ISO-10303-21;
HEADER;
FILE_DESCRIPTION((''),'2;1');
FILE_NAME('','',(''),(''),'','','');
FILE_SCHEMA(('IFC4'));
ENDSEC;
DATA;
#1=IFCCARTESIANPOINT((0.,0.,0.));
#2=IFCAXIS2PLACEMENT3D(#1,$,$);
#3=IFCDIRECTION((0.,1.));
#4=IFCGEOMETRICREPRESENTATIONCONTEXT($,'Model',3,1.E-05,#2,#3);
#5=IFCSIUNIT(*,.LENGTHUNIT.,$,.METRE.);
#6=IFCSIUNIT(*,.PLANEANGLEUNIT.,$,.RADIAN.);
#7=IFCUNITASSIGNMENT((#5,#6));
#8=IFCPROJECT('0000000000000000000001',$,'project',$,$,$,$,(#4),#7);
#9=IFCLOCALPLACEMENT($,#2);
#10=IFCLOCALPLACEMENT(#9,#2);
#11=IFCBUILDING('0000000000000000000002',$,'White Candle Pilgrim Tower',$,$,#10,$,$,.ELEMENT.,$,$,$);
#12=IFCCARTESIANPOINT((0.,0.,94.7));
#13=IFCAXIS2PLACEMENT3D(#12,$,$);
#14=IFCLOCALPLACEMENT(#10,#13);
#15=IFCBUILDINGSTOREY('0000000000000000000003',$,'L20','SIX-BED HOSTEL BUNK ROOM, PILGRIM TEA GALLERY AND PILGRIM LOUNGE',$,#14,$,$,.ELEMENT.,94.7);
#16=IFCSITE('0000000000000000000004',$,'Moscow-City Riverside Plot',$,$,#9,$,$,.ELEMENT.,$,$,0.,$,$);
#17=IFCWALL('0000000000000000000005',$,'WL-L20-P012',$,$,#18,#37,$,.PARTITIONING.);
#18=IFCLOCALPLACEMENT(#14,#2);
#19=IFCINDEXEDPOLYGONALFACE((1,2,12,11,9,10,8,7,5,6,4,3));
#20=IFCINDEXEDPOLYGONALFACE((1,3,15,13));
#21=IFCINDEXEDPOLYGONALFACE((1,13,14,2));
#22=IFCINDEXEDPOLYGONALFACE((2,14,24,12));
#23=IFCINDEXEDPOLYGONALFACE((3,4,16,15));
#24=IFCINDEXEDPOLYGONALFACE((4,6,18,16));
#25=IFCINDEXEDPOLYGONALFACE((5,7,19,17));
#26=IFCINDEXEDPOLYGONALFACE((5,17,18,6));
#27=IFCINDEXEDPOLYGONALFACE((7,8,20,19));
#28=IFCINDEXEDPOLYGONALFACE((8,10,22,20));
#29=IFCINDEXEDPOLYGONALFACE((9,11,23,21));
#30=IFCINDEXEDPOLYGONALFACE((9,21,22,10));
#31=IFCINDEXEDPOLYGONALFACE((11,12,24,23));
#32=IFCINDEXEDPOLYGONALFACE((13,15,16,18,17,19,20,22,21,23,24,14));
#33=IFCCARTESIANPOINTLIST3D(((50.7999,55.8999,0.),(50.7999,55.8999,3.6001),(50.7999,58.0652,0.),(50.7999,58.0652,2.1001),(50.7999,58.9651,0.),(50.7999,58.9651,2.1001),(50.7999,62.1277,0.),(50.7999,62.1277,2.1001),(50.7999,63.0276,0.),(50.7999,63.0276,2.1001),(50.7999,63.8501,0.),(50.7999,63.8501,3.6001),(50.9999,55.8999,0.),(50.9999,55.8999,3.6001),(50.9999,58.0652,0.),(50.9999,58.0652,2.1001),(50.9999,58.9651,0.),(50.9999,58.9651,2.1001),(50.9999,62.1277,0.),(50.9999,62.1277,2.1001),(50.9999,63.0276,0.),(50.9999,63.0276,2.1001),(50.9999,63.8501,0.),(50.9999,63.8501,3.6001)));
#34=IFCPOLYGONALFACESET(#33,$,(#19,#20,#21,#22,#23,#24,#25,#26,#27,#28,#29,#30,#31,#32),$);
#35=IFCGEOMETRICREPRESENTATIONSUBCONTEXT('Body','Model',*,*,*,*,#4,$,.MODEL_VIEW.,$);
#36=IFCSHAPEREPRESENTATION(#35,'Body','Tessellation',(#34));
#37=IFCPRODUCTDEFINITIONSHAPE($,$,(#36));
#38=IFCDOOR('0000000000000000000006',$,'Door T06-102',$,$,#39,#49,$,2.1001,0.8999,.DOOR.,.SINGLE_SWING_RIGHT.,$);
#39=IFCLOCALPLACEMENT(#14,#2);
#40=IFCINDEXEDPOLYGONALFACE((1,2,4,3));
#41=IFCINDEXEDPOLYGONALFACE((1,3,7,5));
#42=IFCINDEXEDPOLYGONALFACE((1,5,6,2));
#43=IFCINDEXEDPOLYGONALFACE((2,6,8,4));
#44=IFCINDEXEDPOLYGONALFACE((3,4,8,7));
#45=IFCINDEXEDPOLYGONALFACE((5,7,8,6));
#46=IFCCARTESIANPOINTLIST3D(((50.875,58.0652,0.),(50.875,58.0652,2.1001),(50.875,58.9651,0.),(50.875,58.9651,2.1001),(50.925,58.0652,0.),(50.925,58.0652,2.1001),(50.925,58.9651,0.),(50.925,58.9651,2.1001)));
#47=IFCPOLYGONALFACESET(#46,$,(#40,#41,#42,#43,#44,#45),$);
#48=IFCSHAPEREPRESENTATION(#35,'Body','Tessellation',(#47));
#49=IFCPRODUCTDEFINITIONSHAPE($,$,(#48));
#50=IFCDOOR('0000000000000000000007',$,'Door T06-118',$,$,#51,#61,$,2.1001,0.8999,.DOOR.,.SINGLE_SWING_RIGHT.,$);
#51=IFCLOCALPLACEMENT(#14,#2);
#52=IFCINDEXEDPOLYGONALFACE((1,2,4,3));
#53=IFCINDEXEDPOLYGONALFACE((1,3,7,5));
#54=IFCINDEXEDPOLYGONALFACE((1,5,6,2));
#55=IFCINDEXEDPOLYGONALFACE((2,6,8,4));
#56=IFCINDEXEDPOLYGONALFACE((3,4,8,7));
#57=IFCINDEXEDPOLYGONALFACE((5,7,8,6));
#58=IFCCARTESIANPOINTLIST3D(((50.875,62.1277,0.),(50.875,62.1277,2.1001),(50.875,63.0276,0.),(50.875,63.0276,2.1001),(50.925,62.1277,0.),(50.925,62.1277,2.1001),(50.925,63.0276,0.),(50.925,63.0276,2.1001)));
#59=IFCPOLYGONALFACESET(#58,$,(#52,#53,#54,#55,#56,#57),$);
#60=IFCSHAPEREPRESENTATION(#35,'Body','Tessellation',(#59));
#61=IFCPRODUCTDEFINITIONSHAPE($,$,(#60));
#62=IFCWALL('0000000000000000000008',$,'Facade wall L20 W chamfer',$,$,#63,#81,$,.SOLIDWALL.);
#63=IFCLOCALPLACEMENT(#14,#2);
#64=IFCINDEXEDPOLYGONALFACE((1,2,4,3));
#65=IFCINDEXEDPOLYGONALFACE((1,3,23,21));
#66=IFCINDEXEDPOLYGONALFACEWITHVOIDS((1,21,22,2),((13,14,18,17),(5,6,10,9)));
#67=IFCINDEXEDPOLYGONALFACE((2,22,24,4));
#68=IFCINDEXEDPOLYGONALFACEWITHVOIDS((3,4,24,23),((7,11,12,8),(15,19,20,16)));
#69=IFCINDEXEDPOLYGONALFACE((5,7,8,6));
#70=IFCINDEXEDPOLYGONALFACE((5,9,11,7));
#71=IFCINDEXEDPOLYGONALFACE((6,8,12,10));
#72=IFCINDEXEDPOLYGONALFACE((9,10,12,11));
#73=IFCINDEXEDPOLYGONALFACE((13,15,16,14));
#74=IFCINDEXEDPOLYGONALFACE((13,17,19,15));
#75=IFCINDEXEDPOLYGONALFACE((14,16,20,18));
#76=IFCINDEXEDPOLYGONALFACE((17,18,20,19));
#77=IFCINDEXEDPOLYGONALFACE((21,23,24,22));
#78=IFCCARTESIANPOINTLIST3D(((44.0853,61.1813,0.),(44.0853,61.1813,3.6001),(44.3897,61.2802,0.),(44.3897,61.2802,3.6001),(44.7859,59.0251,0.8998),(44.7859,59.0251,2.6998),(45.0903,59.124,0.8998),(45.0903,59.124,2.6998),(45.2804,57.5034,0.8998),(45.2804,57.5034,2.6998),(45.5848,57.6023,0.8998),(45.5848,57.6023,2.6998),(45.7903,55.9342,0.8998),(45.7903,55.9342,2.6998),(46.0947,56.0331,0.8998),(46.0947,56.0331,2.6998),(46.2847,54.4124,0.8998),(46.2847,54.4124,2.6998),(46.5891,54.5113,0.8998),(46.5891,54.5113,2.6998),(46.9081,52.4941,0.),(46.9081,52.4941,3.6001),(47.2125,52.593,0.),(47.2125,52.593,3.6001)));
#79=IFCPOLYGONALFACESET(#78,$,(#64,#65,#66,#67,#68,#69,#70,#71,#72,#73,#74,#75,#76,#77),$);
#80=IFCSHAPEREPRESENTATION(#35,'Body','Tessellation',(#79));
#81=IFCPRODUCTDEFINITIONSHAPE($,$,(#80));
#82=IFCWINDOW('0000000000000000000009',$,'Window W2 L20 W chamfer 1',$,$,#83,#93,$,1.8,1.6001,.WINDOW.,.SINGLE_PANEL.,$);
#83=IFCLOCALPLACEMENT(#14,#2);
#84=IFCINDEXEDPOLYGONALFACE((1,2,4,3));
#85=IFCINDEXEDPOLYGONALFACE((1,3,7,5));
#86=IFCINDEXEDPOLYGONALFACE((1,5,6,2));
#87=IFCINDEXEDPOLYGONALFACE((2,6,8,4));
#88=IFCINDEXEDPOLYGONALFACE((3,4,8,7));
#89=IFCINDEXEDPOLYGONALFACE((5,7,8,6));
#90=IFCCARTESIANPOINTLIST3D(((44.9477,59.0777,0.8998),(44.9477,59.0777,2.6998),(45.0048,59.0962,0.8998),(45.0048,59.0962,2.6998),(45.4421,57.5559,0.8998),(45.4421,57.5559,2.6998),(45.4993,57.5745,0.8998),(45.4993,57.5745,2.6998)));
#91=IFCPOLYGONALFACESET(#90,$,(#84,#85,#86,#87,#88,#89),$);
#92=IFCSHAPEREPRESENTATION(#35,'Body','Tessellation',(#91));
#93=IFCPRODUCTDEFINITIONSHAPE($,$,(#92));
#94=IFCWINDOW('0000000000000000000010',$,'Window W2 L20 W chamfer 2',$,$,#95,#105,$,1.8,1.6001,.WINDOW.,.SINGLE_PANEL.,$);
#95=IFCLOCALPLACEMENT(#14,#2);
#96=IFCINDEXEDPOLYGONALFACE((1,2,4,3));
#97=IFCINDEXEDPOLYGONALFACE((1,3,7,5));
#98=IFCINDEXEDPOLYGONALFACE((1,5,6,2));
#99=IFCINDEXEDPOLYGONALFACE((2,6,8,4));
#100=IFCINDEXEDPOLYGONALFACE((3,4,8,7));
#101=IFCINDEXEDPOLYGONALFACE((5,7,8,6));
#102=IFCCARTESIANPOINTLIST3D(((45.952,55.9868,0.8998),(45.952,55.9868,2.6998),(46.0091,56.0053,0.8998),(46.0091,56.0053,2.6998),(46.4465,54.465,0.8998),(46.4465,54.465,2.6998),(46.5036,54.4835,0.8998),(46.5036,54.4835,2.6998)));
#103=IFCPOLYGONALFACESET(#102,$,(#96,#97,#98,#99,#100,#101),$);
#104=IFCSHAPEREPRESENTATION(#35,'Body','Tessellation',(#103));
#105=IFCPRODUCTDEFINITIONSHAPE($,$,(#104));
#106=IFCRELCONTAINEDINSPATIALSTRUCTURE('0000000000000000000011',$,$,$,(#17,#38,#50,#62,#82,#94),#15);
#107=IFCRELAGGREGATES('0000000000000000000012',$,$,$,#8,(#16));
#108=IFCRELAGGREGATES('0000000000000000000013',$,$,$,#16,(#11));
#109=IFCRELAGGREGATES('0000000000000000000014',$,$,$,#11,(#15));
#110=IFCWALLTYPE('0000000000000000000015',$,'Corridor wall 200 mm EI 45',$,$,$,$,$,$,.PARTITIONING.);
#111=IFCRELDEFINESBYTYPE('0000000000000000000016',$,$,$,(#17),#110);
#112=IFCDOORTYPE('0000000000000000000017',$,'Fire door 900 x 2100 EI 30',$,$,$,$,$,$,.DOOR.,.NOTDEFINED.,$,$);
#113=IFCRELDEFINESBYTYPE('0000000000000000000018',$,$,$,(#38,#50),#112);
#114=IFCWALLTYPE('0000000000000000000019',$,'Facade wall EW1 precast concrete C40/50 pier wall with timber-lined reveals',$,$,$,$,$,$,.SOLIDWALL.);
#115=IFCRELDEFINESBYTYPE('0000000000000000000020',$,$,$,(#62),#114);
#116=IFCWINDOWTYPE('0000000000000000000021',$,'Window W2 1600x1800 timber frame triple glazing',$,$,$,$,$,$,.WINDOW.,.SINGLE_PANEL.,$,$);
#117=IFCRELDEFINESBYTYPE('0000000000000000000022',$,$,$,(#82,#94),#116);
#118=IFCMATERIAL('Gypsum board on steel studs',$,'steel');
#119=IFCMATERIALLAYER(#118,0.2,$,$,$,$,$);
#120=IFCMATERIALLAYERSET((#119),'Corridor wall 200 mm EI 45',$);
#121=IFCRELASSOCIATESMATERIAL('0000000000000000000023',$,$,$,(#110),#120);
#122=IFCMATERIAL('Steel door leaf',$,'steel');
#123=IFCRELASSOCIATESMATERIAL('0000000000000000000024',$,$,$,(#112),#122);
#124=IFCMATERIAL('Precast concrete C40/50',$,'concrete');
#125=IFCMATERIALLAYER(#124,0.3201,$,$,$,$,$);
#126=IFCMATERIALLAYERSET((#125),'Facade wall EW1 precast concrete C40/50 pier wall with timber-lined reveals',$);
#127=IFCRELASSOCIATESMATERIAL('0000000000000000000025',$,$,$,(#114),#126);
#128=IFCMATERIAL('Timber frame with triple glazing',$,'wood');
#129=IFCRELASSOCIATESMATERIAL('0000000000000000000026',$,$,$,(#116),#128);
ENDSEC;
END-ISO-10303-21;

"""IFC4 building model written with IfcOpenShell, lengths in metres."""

from ifc_helpers import new_model, si_unit, direction, frame, frame_2d, origin, place, context, subcontext, project, spatial, rectangle, extrude, material, layer, layer_set, type_object, element, fill, save


model = new_model("IFC4")

# Units and contexts
model_context = context("Model", 3, precision=1e-05, world=origin(), true_north=direction((0.0, 1.0)))
body_context = subcontext(model_context, "Body", "Model", "MODEL_VIEW")
ifc_project = project(units=[si_unit("LENGTHUNIT", "METRE"), si_unit("PLANEANGLEUNIT", "RADIAN")], contexts=[model_context])

# Site, building, storey
site_placement = place(None, origin())
site = spatial("IfcSite", under=ifc_project, at=site_placement, Name="Moscow-City Riverside Plot", CompositionType="ELEMENT", RefElevation=0.0)
building_placement = place(site_placement, origin())
building = spatial("IfcBuilding", under=site, at=building_placement, Name="White Candle Pilgrim Tower", CompositionType="ELEMENT")
storey_placement = place(building_placement, frame((0.0, 0.0, 94.7)))
storey = spatial("IfcBuildingStorey", under=building, at=storey_placement, Name="L20", Description="SIX-BED HOSTEL BUNK ROOM, PILGRIM TEA GALLERY AND PILGRIM LOUNGE", CompositionType="ELEMENT", Elevation=94.7)

# Wall, openings, doors
ifc_material_1 = material(Name="Gypsum board on steel studs", Category="steel")
ifc_layer_1 = layer(ifc_material_1, 0.2)
ifc_layer_set_1 = layer_set([ifc_layer_1], Name="Corridor wall 200 mm EI 45")
wall_type_1 = type_object("IfcWallType", Name="Corridor wall 200 mm EI 45", PredefinedType="PARTITIONING", material=ifc_layer_set_1)
wall_1_placement = place(storey_placement, frame((50.8999, 55.8999, 0.0), z_axis=(0.0, 0.0, 1.0), x_axis=(0.0, 1.0, 0.0)))
wall_1 = element("IfcWall", 1, at=wall_1_placement, inside=storey, type_object=wall_type_1, Name="WL-L20-P012", PredefinedType="PARTITIONING", context=body_context, shape_type="SweptSolid", body=[
    extrude(rectangle(XDim=7.9502, YDim=0.2, at=frame_2d((3.9751, 0.0))), origin(), (0.0, 0.0, 1.0), 3.6001),
])
opening_1_placement = place(wall_1_placement, frame((2.1653, 0.0, 0.0)))
opening_1 = element("IfcOpeningElement", 2, at=opening_1_placement, cuts=wall_1, PredefinedType="OPENING", context=body_context, shape_type="SweptSolid", body=[
    extrude(rectangle(XDim=0.8999, YDim=2.1001, at=frame_2d((0.45, 1.05))), frame((0.0, 0.1099, 0.0), z_axis=(0.0, -1.0, 0.0), x_axis=(1.0, 0.0, 0.0)), (0.0, 0.0, 1.0), 0.22),
])
opening_2_placement = place(wall_1_placement, frame((6.2278, 0.0, 0.0)))
opening_2 = element("IfcOpeningElement", 3, at=opening_2_placement, cuts=wall_1, PredefinedType="OPENING", context=body_context, shape_type="SweptSolid", body=[
    extrude(rectangle(XDim=0.8999, YDim=2.1001, at=frame_2d((0.45, 1.05))), frame((0.0, 0.1099, 0.0), z_axis=(0.0, -1.0, 0.0), x_axis=(1.0, 0.0, 0.0)), (0.0, 0.0, 1.0), 0.22),
])
ifc_material_2 = material(Name="Steel door leaf", Category="steel")
door_type = type_object("IfcDoorType", Name="Fire door 900 x 2100 EI 30", OperationType="NOTDEFINED", PredefinedType="DOOR", material=ifc_material_2)
door_1_placement = place(opening_1_placement, origin())
door_1 = element("IfcDoor", 4, at=door_1_placement, inside=storey, type_object=door_type, Name="Door T06-102", OperationType="SINGLE_SWING_RIGHT", OverallHeight=2.1001, OverallWidth=0.8999, PredefinedType="DOOR", context=body_context, shape_type="SweptSolid", body=[
    extrude(rectangle(XDim=0.8999, YDim=2.1001, at=frame_2d((0.45, 1.05))), frame((0.0, 0.0249, 0.0), z_axis=(0.0, -1.0, 0.0), x_axis=(1.0, 0.0, 0.0)), (0.0, 0.0, 1.0), 0.05),
])
fill(opening_1, door_1)
door_2_placement = place(opening_2_placement, origin())
door_2 = element("IfcDoor", 5, at=door_2_placement, inside=storey, type_object=door_type, Name="Door T06-118", OperationType="SINGLE_SWING_RIGHT", OverallHeight=2.1001, OverallWidth=0.8999, PredefinedType="DOOR", context=body_context, shape_type="SweptSolid", body=[
    extrude(rectangle(XDim=0.8999, YDim=2.1001, at=frame_2d((0.45, 1.05))), frame((0.0, 0.0249, 0.0), z_axis=(0.0, -1.0, 0.0), x_axis=(1.0, 0.0, 0.0)), (0.0, 0.0, 1.0), 0.05),
])
fill(opening_2, door_2)

# Wall, openings, windows
ifc_material_3 = material(Name="Precast concrete C40/50", Category="concrete")
ifc_layer_2 = layer(ifc_material_3, 0.3201)
ifc_layer_set_2 = layer_set([ifc_layer_2], Name="Facade wall EW1 precast concrete C40/50 pier wall with timber-lined reveals")
wall_type_2 = type_object("IfcWallType", Name="Facade wall EW1 precast concrete C40/50 pier wall with timber-lined reveals", PredefinedType="SOLIDWALL", material=ifc_layer_set_2)
wall_2_placement = place(storey_placement, frame((44.2375, 61.2307, 0.0), z_axis=(0.0, 0.0, 1.0), x_axis=(0.309026, -0.951054, 0.0)))
wall_2 = element("IfcWall", 6, at=wall_2_placement, inside=storey, type_object=wall_type_2, Name="Facade wall L20 W chamfer", PredefinedType="SOLIDWALL", context=body_context, shape_type="SweptSolid", body=[
    extrude(rectangle(XDim=9.1343, YDim=0.3201, at=frame_2d((4.5671, 0.0))), origin(), (0.0, 0.0, 1.0), 3.6001),
])
opening_3_placement = place(wall_2_placement, frame((2.2671, 0.0, 0.8999)))
opening_3 = element("IfcOpeningElement", 7, at=opening_3_placement, cuts=wall_2, PredefinedType="OPENING", context=body_context, shape_type="SweptSolid", body=[
    extrude(rectangle(XDim=1.6001, YDim=1.8, at=frame_2d((0.8, 0.8999))), frame((0.0, 0.1699, 0.0), z_axis=(0.0, -1.0, 0.0), x_axis=(1.0, 0.0, 0.0)), (0.0, 0.0, 1.0), 0.3401),
])
opening_4_placement = place(wall_2_placement, frame((5.5171, 0.0, 0.8999)))
opening_4 = element("IfcOpeningElement", 8, at=opening_4_placement, cuts=wall_2, PredefinedType="OPENING", context=body_context, shape_type="SweptSolid", body=[
    extrude(rectangle(XDim=1.6001, YDim=1.8, at=frame_2d((0.8, 0.8999))), frame((0.0, 0.1699, 0.0), z_axis=(0.0, -1.0, 0.0), x_axis=(1.0, 0.0, 0.0)), (0.0, 0.0, 1.0), 0.3401),
])
ifc_material_4 = material(Name="Timber frame with triple glazing", Category="wood")
window_type_1 = type_object("IfcWindowType", Name="Window W2 1600x1800 timber frame triple glazing", PartitioningType="SINGLE_PANEL", PredefinedType="WINDOW", material=ifc_material_4)
window_1_placement = place(opening_3_placement, origin())
window_1 = element("IfcWindow", 9, at=window_1_placement, inside=storey, type_object=window_type_1, Name="Window W2 L20 W chamfer 1", OverallHeight=1.8, OverallWidth=1.6001, PartitioningType="SINGLE_PANEL", PredefinedType="WINDOW", context=body_context, shape_type="SweptSolid", body=[
    extrude(rectangle(XDim=1.6001, YDim=1.8, at=frame_2d((0.8, 0.8999))), frame((0.0, 0.0701, 0.0), z_axis=(0.0, -1.0, 0.0), x_axis=(1.0, 0.0, 0.0)), (0.0, 0.0, 1.0), 0.0601),
])
fill(opening_3, window_1)
window_2_placement = place(opening_4_placement, origin())
window_2 = element("IfcWindow", 10, at=window_2_placement, inside=storey, type_object=window_type_1, Name="Window W2 L20 W chamfer 2", OverallHeight=1.8, OverallWidth=1.6001, PartitioningType="SINGLE_PANEL", PredefinedType="WINDOW", context=body_context, shape_type="SweptSolid", body=[
    extrude(rectangle(XDim=1.6001, YDim=1.8, at=frame_2d((0.8, 0.8999))), frame((0.0, 0.0701, 0.0), z_axis=(0.0, -1.0, 0.0), x_axis=(1.0, 0.0, 0.0)), (0.0, 0.0, 1.0), 0.0601),
])
fill(opening_4, window_2)

save(model, "model.ifc")
